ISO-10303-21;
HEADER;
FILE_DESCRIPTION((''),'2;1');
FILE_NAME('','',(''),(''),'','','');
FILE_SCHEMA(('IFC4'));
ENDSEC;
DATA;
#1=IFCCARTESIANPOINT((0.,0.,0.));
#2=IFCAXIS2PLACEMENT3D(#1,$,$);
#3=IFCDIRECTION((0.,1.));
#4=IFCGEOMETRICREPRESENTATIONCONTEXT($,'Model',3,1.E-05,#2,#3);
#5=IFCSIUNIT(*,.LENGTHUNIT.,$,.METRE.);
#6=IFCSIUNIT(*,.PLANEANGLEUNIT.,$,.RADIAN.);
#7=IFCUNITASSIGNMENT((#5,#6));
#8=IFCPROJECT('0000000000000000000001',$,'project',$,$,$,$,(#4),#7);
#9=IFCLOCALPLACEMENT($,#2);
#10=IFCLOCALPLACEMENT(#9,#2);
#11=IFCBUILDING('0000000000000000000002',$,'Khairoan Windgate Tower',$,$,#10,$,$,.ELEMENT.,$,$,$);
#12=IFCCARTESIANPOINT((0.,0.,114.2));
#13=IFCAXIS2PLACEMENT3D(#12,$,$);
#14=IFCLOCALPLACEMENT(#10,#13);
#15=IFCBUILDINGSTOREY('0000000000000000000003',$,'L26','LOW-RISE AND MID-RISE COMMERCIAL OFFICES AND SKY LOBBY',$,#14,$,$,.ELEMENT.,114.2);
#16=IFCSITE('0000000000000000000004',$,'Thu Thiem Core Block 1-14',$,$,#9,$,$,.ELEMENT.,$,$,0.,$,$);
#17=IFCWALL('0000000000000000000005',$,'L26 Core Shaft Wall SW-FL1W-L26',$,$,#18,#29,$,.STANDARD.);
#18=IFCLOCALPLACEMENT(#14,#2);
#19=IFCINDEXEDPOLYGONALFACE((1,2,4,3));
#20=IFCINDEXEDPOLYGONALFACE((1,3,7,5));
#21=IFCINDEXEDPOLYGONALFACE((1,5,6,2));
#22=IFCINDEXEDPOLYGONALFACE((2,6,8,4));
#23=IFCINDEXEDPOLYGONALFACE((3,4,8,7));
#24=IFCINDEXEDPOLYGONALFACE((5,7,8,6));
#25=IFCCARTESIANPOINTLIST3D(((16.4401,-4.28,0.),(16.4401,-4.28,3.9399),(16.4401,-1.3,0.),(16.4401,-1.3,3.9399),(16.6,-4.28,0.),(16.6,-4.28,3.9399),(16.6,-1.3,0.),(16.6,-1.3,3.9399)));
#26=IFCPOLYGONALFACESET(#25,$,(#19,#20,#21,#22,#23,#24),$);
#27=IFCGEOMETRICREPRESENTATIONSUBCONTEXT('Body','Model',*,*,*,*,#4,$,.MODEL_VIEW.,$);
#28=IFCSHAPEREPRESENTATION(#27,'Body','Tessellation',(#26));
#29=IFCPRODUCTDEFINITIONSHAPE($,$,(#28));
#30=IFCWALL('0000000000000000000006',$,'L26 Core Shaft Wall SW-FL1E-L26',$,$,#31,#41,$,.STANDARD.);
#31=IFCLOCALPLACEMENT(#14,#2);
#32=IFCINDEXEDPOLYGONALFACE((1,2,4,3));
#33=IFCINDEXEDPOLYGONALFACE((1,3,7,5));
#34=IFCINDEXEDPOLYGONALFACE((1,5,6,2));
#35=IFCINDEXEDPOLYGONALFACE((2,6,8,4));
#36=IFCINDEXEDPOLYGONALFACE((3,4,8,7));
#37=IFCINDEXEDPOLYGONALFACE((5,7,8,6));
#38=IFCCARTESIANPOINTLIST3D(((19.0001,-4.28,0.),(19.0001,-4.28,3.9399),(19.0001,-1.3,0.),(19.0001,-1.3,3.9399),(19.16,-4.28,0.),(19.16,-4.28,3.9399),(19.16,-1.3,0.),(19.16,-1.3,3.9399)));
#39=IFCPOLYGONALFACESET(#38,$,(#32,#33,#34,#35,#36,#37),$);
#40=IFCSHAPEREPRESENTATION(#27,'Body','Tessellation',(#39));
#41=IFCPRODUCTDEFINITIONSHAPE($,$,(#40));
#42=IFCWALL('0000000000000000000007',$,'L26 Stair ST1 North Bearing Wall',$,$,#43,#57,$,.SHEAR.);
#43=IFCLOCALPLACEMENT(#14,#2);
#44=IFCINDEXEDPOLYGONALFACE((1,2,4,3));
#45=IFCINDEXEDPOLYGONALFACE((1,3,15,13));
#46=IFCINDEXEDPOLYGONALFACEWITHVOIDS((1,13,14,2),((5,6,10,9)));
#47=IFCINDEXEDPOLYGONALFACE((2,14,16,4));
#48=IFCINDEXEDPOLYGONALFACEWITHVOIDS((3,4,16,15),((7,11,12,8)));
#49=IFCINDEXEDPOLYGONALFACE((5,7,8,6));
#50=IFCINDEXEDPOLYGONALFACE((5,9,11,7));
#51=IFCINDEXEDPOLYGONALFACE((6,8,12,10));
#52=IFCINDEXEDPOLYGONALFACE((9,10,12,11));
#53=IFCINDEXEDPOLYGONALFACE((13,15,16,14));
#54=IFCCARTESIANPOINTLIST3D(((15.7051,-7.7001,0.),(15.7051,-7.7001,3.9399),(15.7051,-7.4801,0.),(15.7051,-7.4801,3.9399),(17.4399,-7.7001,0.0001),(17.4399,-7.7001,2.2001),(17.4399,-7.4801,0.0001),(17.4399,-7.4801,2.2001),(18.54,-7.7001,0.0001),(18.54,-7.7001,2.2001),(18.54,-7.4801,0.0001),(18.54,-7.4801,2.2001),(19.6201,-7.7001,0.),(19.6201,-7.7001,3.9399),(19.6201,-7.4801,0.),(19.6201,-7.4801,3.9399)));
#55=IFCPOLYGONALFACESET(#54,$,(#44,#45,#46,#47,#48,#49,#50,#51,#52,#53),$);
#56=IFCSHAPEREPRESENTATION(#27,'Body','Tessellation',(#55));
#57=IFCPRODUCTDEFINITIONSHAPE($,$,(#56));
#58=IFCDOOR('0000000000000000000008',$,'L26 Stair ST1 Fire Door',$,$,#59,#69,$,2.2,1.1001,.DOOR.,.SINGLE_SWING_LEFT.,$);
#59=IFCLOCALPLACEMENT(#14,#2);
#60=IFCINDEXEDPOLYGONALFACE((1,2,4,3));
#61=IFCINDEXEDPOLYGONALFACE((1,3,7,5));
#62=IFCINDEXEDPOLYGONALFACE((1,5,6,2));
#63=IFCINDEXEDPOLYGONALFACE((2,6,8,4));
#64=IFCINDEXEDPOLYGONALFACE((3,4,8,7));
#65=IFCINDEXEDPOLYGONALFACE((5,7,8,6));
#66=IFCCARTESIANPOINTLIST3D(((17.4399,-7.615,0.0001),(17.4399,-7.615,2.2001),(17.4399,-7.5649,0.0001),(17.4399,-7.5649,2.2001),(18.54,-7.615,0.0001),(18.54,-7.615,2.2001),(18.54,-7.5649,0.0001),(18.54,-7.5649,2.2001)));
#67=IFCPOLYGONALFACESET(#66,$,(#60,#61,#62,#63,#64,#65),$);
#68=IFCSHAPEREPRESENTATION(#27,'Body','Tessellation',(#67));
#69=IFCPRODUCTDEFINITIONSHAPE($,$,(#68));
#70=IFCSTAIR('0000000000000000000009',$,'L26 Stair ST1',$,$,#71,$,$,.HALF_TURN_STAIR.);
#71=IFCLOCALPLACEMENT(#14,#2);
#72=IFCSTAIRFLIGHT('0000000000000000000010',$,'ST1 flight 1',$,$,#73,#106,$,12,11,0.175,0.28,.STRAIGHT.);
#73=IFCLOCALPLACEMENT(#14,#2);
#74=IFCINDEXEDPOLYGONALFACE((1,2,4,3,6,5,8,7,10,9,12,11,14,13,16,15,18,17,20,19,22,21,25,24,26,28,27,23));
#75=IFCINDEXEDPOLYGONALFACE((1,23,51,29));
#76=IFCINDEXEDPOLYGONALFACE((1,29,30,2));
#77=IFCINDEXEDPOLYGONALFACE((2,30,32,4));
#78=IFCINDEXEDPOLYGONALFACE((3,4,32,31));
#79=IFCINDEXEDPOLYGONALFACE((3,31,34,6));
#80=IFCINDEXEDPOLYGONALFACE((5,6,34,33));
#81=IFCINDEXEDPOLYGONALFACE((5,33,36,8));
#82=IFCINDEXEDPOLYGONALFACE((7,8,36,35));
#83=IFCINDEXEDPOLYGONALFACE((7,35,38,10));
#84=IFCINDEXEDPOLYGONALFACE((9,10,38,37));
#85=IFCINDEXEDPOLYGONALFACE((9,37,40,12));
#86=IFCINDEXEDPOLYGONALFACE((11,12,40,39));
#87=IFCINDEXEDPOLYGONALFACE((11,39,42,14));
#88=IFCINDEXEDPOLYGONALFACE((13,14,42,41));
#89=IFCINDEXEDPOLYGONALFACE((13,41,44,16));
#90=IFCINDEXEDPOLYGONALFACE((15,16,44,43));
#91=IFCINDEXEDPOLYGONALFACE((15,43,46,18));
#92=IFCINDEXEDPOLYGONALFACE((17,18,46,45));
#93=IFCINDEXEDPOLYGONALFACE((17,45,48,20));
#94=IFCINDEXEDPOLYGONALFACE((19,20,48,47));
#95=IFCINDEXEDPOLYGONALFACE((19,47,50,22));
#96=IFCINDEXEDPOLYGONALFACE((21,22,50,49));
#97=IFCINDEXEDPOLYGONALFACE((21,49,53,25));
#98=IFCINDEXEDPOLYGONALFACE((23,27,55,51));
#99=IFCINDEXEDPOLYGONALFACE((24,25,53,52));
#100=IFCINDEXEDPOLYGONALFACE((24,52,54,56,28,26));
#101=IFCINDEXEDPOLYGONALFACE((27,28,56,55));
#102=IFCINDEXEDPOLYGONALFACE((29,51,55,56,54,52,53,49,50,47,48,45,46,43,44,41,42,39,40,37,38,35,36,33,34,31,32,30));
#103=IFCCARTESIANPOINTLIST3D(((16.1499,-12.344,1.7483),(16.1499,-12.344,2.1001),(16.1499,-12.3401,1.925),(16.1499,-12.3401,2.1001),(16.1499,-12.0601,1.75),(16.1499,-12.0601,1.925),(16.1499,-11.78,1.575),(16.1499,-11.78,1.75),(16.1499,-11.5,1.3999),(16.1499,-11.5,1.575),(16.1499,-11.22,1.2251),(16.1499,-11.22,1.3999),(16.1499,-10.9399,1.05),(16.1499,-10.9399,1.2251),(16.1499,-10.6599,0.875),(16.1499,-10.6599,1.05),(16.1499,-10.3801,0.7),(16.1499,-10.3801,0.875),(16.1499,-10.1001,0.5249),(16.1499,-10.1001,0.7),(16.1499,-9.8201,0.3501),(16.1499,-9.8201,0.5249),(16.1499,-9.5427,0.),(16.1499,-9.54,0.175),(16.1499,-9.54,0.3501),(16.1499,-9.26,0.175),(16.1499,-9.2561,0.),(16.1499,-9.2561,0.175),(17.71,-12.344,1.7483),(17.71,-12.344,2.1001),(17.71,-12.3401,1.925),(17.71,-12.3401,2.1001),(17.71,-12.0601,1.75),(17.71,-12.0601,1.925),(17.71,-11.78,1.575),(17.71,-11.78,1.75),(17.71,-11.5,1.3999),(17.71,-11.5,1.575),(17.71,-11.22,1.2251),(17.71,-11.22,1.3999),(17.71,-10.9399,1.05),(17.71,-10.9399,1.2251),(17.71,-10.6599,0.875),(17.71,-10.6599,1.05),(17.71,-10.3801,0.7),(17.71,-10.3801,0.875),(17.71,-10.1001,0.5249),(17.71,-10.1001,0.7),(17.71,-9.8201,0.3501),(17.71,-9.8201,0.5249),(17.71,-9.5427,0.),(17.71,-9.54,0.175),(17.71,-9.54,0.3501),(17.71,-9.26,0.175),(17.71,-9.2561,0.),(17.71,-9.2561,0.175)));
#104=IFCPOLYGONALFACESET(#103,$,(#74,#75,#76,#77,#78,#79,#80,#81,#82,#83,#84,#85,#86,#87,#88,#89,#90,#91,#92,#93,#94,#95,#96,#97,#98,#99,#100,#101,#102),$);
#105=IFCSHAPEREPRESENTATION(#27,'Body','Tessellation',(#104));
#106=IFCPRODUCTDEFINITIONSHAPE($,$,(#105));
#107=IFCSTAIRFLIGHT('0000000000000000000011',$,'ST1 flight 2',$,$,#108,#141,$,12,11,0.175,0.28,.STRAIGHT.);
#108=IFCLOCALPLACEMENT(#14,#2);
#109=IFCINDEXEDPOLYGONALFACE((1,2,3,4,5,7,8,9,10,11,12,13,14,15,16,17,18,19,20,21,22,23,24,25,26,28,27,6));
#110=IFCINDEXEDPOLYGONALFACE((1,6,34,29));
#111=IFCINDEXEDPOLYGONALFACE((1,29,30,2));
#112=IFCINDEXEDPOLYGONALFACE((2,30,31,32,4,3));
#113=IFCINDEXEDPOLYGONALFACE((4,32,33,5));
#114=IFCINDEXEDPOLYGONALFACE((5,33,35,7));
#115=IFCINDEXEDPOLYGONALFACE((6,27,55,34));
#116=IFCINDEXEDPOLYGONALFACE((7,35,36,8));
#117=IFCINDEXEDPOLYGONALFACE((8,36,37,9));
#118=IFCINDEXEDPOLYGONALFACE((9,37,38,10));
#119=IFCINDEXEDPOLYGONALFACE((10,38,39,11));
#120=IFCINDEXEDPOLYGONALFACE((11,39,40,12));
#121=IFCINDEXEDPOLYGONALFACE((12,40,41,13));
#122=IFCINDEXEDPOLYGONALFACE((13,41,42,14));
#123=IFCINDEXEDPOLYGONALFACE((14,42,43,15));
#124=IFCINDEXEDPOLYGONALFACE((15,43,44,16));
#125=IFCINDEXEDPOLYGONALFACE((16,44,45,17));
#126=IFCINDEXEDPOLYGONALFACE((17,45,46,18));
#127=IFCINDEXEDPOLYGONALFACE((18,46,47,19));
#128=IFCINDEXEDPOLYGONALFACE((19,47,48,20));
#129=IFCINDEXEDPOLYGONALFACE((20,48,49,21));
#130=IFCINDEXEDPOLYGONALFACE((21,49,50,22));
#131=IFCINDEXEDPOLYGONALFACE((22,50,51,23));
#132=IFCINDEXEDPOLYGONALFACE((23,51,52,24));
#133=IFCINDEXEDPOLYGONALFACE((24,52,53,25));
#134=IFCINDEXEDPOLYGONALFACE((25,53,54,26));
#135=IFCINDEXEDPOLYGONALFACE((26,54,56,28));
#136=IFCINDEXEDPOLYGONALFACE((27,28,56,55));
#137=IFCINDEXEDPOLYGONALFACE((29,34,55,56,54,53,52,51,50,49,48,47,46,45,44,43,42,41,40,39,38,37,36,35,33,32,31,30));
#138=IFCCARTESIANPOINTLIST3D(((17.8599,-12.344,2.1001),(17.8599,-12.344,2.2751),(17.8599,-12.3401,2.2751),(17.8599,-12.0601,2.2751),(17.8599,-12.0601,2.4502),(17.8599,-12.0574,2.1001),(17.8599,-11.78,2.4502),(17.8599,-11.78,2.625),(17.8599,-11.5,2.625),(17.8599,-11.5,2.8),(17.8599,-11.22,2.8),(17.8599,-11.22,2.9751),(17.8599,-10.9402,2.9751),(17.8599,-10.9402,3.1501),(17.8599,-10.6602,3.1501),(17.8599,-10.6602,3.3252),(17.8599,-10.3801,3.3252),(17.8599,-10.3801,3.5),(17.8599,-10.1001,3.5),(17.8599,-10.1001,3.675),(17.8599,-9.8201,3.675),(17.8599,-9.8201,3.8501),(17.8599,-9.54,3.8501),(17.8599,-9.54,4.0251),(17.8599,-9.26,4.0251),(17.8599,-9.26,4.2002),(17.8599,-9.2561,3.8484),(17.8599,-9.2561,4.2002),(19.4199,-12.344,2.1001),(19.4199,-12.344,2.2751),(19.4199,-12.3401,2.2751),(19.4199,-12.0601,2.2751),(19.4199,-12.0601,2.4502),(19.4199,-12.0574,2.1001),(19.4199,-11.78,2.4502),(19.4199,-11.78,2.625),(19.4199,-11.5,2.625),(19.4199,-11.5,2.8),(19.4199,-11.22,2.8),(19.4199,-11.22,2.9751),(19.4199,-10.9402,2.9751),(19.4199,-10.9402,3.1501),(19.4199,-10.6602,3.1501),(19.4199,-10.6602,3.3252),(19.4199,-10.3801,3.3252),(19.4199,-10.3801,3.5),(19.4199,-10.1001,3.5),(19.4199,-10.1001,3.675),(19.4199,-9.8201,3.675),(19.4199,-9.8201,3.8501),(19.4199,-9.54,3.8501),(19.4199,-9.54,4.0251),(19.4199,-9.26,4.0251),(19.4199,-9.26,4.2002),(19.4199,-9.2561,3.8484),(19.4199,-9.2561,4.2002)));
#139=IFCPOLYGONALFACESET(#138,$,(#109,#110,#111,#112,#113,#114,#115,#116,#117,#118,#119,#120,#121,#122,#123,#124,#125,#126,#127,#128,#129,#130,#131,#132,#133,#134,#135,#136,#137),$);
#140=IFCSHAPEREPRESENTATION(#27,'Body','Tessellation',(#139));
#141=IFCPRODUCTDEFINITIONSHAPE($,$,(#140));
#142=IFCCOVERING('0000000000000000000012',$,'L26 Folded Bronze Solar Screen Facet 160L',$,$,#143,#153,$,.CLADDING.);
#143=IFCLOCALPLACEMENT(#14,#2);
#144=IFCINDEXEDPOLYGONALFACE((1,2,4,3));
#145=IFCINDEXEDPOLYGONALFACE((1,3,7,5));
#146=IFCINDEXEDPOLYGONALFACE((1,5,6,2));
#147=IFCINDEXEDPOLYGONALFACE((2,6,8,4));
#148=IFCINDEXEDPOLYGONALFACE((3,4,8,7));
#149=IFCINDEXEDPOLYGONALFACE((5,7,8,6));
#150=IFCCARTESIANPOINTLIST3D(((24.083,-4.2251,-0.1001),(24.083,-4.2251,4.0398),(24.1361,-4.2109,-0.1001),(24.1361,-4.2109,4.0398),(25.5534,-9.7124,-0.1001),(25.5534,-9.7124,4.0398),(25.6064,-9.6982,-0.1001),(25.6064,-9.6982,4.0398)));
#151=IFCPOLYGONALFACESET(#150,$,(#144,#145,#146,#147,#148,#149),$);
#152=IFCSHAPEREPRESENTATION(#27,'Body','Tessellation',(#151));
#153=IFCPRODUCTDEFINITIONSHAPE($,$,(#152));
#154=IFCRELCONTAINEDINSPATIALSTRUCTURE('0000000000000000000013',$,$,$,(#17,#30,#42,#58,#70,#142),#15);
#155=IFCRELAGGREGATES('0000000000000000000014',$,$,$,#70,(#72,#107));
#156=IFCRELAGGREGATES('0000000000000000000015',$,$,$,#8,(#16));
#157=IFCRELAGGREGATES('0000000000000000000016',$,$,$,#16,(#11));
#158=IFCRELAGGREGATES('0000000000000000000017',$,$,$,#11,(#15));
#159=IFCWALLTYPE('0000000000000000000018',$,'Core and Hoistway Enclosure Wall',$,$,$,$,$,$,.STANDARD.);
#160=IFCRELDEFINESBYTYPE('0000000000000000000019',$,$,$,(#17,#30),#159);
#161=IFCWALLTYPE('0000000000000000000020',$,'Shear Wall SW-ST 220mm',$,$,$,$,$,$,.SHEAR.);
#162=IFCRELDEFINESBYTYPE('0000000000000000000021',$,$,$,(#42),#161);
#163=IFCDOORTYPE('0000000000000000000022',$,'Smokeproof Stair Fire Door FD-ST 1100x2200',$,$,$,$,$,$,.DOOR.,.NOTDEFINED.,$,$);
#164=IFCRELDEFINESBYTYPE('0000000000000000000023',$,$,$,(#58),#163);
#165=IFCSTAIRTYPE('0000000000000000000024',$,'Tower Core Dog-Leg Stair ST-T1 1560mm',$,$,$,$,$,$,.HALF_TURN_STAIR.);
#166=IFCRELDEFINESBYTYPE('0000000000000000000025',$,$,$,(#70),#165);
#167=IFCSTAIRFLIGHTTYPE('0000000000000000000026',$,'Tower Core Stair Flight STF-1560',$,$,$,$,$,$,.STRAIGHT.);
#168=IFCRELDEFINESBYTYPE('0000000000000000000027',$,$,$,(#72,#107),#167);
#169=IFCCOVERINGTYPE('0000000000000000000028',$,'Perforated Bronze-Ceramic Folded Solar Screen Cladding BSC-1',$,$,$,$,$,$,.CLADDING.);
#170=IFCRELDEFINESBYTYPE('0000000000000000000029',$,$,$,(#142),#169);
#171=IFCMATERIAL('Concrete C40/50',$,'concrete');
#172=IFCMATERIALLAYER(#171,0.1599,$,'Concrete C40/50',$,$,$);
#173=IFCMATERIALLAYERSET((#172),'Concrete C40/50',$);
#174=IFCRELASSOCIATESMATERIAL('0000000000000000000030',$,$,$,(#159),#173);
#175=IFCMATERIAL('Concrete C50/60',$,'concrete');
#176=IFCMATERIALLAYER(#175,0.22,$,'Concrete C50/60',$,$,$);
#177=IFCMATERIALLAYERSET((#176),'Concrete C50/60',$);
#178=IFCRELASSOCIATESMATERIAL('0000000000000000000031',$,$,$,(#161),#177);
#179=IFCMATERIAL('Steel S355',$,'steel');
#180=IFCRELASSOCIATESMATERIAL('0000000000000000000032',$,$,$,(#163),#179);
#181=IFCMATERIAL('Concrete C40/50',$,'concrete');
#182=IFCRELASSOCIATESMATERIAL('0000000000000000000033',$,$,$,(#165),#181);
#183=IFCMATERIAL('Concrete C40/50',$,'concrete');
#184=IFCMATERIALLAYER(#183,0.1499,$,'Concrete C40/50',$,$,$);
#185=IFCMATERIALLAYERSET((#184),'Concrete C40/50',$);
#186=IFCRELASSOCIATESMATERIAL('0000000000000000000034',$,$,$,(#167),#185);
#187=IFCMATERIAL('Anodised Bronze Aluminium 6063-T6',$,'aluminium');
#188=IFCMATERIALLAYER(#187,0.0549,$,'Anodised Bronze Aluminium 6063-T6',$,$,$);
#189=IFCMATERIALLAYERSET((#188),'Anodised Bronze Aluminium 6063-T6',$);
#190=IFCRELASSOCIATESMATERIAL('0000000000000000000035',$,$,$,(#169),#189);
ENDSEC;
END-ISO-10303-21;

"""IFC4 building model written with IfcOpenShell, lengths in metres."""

from ifc_helpers import new_model, si_unit, direction, frame, frame_2d, origin, origin_2d, place, context, subcontext, project, spatial, polyline, rectangle, outline, extrude, material, layer, layer_set, type_object, element, fill, aggregate, save


model = new_model("IFC4")

# Units and contexts
model_context = context("Model", 3, precision=1e-05, world=origin(), true_north=direction((0.0, 1.0)))
body_context = subcontext(model_context, "Body", "Model", "MODEL_VIEW")
ifc_project = project(units=[si_unit("LENGTHUNIT", "METRE"), si_unit("PLANEANGLEUNIT", "RADIAN")], contexts=[model_context])

# Site, building, storey
site_placement = place(None, origin())
site = spatial("IfcSite", under=ifc_project, at=site_placement, Name="Thu Thiem Core Block 1-14", CompositionType="ELEMENT", RefElevation=0.0)
building_placement = place(site_placement, origin())
building = spatial("IfcBuilding", under=site, at=building_placement, Name="Khairoan Windgate Tower", CompositionType="ELEMENT")
storey_placement = place(building_placement, frame((0.0, 0.0, 114.2)))
storey = spatial("IfcBuildingStorey", under=building, at=storey_placement, Name="L26", Description="LOW-RISE AND MID-RISE COMMERCIAL OFFICES AND SKY LOBBY", CompositionType="ELEMENT", Elevation=114.2)

# Walls
ifc_material_1 = material(Name="Concrete C40/50", Category="concrete")
ifc_layer_1 = layer(ifc_material_1, 0.1599, Name="Concrete C40/50")
ifc_layer_set_1 = layer_set([ifc_layer_1], Name="Concrete C40/50")
wall_type_1 = type_object("IfcWallType", Name="Core and Hoistway Enclosure Wall", PredefinedType="STANDARD", material=ifc_layer_set_1)
for number, where, z_axis, x_axis, name in (
    (1, (16.52, -4.28, 0.0), (0.0, 0.0, 1.0), (0.0, 1.0, 0.0), "L26 Core Shaft Wall SW-FL1W-L26"),
    (2, (19.0801, -4.28, 0.0), (0.0, 0.0, 1.0), (0.0, 1.0, 0.0), "L26 Core Shaft Wall SW-FL1E-L26"),
):
    element("IfcWall", number, at=place(storey_placement, frame(where, z_axis=z_axis, x_axis=x_axis)), inside=storey, type_object=wall_type_1, Name=name, PredefinedType="STANDARD", context=body_context, shape_type="SweptSolid", body=[
        extrude(rectangle(XDim=2.98, YDim=0.1599, at=frame_2d((1.49, 0.0))), origin(), (0.0, 0.0, 1.0), 3.9399),
    ])

# Wall, opening, door
ifc_material_2 = material(Name="Concrete C50/60", Category="concrete")
ifc_layer_2 = layer(ifc_material_2, 0.22, Name="Concrete C50/60")
ifc_layer_set_2 = layer_set([ifc_layer_2], Name="Concrete C50/60")
wall_type_2 = type_object("IfcWallType", Name="Shear Wall SW-ST 220mm", PredefinedType="SHEAR", material=ifc_layer_set_2)
wall_placement = place(storey_placement, frame((19.6201, -7.5901, 0.0), z_axis=(0.0, 0.0, 1.0), x_axis=(-1.0, 0.0, 0.0)))
wall = element("IfcWall", 3, at=wall_placement, inside=storey, type_object=wall_type_2, Name="L26 Stair ST1 North Bearing Wall", PredefinedType="SHEAR", context=body_context, shape_type="SweptSolid", body=[
    extrude(rectangle(XDim=3.915, YDim=0.22, at=frame_2d((1.9575, 0.0))), origin(), (0.0, 0.0, 1.0), 3.9399),
])
opening_placement = place(wall_placement, frame((1.0801, 0.0, 0.0)))
opening = element("IfcOpeningElement", 4, at=opening_placement, cuts=wall, PredefinedType="OPENING", context=body_context, shape_type="SweptSolid", body=[
    extrude(rectangle(XDim=1.1001, YDim=2.2, at=frame_2d((0.55, 1.1001))), frame((0.0, 0.1199, 0.0), z_axis=(0.0, -1.0, 0.0), x_axis=(1.0, 0.0, 0.0)), (0.0, 0.0, 1.0), 0.24),
])
ifc_material_3 = material(Name="Steel S355", Category="steel")
door_type = type_object("IfcDoorType", Name="Smokeproof Stair Fire Door FD-ST 1100x2200", OperationType="NOTDEFINED", PredefinedType="DOOR", material=ifc_material_3)
door_placement = place(opening_placement, origin())
door = element("IfcDoor", 5, at=door_placement, inside=storey, type_object=door_type, Name="L26 Stair ST1 Fire Door", OperationType="SINGLE_SWING_LEFT", OverallHeight=2.2, OverallWidth=1.1001, PredefinedType="DOOR", context=body_context, shape_type="SweptSolid", body=[
    extrude(rectangle(XDim=1.1001, YDim=2.2, at=frame_2d((0.55, 1.1001))), frame((0.0, 0.0249, 0.0), z_axis=(0.0, -1.0, 0.0), x_axis=(1.0, 0.0, 0.0)), (0.0, 0.0, 1.0), 0.05),
])
fill(opening, door)

# Stair, stair flights
ifc_material_4 = material(Name="Concrete C40/50", Category="concrete")
stair_type = type_object("IfcStairType", Name="Tower Core Dog-Leg Stair ST-T1 1560mm", PredefinedType="HALF_TURN_STAIR", material=ifc_material_4)
stair_placement = place(storey_placement, origin())
stair = element("IfcStair", 6, at=stair_placement, inside=storey, type_object=stair_type, Name="L26 Stair ST1", PredefinedType="HALF_TURN_STAIR")
ifc_material_5 = material(Name="Concrete C40/50", Category="concrete")
ifc_layer_3 = layer(ifc_material_5, 0.1499, Name="Concrete C40/50")
ifc_layer_set_3 = layer_set([ifc_layer_3], Name="Concrete C40/50")
stair_flight_type = type_object("IfcStairFlightType", Name="Tower Core Stair Flight STF-1560", PredefinedType="STRAIGHT", material=ifc_layer_set_3)
stair_flight_1_placement = place(storey_placement, frame((16.9299, -9.26, 0.0), z_axis=(0.0, 0.0, 1.0), x_axis=(0.0, -1.0, 0.0)))
stair_flight_1 = element("IfcStairFlight", 7, at=stair_flight_1_placement, type_object=stair_flight_type, Name="ST1 flight 1", NumberOfRisers=12, NumberOfTreads=11, PredefinedType="STRAIGHT", RiserHeight=0.175, TreadLength=0.28, context=body_context, shape_type="SweptSolid", body=[
    extrude(outline(polyline([(-0.0039, 0.0), (-0.0039, 0.175), (0.0, 0.175), (0.28, 0.175), (0.28, 0.3501), (0.5601, 0.3501), (0.5601, 0.5249), (0.8401, 0.5249), (0.8401, 0.7), (1.1201, 0.7), (1.1201, 0.875), (1.3999, 0.875), (1.3999, 1.05), (1.6799, 1.05), (1.6799, 1.2251), (1.96, 1.2251), (1.96, 1.3999), (2.24, 1.3999), (2.24, 1.575), (2.52, 1.575), (2.52, 1.75), (2.8, 1.75), (2.8, 1.925), (3.0801, 1.925), (3.0801, 2.1001), (3.084, 2.1001), (3.084, 1.7483), (0.2827, 0.0), (-0.0039, 0.0)])), frame((0.0, 0.78, 0.0), z_axis=(0.0, -1.0, 0.0), x_axis=(1.0, 0.0, 0.0)), (0.0, 0.0, 1.0), 1.5601),
])
stair_flight_2_placement = place(storey_placement, frame((18.6399, -12.3401, 2.1001), z_axis=(0.0, 0.0, 1.0), x_axis=(0.0, 1.0, 0.0)))
stair_flight_2 = element("IfcStairFlight", 8, at=stair_flight_2_placement, type_object=stair_flight_type, Name="ST1 flight 2", NumberOfRisers=12, NumberOfTreads=11, PredefinedType="STRAIGHT", RiserHeight=0.175, TreadLength=0.28, context=body_context, shape_type="SweptSolid", body=[
    extrude(outline(polyline([(-0.0039, 0.0), (-0.0039, 0.175), (0.0, 0.175), (0.28, 0.175), (0.28, 0.3501), (0.5601, 0.3501), (0.5601, 0.5249), (0.8401, 0.5249), (0.8401, 0.7), (1.1201, 0.7), (1.1201, 0.875), (1.3999, 0.875), (1.3999, 1.05), (1.6799, 1.05), (1.6799, 1.2251), (1.96, 1.2251), (1.96, 1.3999), (2.24, 1.3999), (2.24, 1.575), (2.52, 1.575), (2.52, 1.75), (2.8, 1.75), (2.8, 1.925), (3.0801, 1.925), (3.0801, 2.1001), (3.084, 2.1001), (3.084, 1.7483), (0.2827, 0.0), (-0.0039, 0.0)])), frame((0.0, 0.78, 0.0), z_axis=(0.0, -1.0, 0.0), x_axis=(1.0, 0.0, 0.0)), (0.0, 0.0, 1.0), 1.5601),
])
aggregate(stair, [stair_flight_1, stair_flight_2])

# Covering
ifc_material_6 = material(Name="Anodised Bronze Aluminium 6063-T6", Category="aluminium")
ifc_layer_4 = layer(ifc_material_6, 0.0549, Name="Anodised Bronze Aluminium 6063-T6")
ifc_layer_set_4 = layer_set([ifc_layer_4], Name="Anodised Bronze Aluminium 6063-T6")
covering_type = type_object("IfcCoveringType", Name="Perforated Bronze-Ceramic Folded Solar Screen Cladding BSC-1", PredefinedType="CLADDING", material=ifc_layer_set_4)
covering_placement = place(storey_placement, frame((24.8447, -6.9617, -0.1001), z_axis=(0.0, 0.0, 1.0), x_axis=(0.258819, -0.965926, 0.0)))
element("IfcCovering", 9, at=covering_placement, inside=storey, type_object=covering_type, Name="L26 Folded Bronze Solar Screen Facet 160L", PredefinedType="CLADDING", context=body_context, shape_type="SweptSolid", body=[
    extrude(rectangle(XDim=5.6809, YDim=0.0549, at=origin_2d()), origin(), (0.0, 0.0, 1.0), 4.1399),
])

save(model, "model.ifc")
